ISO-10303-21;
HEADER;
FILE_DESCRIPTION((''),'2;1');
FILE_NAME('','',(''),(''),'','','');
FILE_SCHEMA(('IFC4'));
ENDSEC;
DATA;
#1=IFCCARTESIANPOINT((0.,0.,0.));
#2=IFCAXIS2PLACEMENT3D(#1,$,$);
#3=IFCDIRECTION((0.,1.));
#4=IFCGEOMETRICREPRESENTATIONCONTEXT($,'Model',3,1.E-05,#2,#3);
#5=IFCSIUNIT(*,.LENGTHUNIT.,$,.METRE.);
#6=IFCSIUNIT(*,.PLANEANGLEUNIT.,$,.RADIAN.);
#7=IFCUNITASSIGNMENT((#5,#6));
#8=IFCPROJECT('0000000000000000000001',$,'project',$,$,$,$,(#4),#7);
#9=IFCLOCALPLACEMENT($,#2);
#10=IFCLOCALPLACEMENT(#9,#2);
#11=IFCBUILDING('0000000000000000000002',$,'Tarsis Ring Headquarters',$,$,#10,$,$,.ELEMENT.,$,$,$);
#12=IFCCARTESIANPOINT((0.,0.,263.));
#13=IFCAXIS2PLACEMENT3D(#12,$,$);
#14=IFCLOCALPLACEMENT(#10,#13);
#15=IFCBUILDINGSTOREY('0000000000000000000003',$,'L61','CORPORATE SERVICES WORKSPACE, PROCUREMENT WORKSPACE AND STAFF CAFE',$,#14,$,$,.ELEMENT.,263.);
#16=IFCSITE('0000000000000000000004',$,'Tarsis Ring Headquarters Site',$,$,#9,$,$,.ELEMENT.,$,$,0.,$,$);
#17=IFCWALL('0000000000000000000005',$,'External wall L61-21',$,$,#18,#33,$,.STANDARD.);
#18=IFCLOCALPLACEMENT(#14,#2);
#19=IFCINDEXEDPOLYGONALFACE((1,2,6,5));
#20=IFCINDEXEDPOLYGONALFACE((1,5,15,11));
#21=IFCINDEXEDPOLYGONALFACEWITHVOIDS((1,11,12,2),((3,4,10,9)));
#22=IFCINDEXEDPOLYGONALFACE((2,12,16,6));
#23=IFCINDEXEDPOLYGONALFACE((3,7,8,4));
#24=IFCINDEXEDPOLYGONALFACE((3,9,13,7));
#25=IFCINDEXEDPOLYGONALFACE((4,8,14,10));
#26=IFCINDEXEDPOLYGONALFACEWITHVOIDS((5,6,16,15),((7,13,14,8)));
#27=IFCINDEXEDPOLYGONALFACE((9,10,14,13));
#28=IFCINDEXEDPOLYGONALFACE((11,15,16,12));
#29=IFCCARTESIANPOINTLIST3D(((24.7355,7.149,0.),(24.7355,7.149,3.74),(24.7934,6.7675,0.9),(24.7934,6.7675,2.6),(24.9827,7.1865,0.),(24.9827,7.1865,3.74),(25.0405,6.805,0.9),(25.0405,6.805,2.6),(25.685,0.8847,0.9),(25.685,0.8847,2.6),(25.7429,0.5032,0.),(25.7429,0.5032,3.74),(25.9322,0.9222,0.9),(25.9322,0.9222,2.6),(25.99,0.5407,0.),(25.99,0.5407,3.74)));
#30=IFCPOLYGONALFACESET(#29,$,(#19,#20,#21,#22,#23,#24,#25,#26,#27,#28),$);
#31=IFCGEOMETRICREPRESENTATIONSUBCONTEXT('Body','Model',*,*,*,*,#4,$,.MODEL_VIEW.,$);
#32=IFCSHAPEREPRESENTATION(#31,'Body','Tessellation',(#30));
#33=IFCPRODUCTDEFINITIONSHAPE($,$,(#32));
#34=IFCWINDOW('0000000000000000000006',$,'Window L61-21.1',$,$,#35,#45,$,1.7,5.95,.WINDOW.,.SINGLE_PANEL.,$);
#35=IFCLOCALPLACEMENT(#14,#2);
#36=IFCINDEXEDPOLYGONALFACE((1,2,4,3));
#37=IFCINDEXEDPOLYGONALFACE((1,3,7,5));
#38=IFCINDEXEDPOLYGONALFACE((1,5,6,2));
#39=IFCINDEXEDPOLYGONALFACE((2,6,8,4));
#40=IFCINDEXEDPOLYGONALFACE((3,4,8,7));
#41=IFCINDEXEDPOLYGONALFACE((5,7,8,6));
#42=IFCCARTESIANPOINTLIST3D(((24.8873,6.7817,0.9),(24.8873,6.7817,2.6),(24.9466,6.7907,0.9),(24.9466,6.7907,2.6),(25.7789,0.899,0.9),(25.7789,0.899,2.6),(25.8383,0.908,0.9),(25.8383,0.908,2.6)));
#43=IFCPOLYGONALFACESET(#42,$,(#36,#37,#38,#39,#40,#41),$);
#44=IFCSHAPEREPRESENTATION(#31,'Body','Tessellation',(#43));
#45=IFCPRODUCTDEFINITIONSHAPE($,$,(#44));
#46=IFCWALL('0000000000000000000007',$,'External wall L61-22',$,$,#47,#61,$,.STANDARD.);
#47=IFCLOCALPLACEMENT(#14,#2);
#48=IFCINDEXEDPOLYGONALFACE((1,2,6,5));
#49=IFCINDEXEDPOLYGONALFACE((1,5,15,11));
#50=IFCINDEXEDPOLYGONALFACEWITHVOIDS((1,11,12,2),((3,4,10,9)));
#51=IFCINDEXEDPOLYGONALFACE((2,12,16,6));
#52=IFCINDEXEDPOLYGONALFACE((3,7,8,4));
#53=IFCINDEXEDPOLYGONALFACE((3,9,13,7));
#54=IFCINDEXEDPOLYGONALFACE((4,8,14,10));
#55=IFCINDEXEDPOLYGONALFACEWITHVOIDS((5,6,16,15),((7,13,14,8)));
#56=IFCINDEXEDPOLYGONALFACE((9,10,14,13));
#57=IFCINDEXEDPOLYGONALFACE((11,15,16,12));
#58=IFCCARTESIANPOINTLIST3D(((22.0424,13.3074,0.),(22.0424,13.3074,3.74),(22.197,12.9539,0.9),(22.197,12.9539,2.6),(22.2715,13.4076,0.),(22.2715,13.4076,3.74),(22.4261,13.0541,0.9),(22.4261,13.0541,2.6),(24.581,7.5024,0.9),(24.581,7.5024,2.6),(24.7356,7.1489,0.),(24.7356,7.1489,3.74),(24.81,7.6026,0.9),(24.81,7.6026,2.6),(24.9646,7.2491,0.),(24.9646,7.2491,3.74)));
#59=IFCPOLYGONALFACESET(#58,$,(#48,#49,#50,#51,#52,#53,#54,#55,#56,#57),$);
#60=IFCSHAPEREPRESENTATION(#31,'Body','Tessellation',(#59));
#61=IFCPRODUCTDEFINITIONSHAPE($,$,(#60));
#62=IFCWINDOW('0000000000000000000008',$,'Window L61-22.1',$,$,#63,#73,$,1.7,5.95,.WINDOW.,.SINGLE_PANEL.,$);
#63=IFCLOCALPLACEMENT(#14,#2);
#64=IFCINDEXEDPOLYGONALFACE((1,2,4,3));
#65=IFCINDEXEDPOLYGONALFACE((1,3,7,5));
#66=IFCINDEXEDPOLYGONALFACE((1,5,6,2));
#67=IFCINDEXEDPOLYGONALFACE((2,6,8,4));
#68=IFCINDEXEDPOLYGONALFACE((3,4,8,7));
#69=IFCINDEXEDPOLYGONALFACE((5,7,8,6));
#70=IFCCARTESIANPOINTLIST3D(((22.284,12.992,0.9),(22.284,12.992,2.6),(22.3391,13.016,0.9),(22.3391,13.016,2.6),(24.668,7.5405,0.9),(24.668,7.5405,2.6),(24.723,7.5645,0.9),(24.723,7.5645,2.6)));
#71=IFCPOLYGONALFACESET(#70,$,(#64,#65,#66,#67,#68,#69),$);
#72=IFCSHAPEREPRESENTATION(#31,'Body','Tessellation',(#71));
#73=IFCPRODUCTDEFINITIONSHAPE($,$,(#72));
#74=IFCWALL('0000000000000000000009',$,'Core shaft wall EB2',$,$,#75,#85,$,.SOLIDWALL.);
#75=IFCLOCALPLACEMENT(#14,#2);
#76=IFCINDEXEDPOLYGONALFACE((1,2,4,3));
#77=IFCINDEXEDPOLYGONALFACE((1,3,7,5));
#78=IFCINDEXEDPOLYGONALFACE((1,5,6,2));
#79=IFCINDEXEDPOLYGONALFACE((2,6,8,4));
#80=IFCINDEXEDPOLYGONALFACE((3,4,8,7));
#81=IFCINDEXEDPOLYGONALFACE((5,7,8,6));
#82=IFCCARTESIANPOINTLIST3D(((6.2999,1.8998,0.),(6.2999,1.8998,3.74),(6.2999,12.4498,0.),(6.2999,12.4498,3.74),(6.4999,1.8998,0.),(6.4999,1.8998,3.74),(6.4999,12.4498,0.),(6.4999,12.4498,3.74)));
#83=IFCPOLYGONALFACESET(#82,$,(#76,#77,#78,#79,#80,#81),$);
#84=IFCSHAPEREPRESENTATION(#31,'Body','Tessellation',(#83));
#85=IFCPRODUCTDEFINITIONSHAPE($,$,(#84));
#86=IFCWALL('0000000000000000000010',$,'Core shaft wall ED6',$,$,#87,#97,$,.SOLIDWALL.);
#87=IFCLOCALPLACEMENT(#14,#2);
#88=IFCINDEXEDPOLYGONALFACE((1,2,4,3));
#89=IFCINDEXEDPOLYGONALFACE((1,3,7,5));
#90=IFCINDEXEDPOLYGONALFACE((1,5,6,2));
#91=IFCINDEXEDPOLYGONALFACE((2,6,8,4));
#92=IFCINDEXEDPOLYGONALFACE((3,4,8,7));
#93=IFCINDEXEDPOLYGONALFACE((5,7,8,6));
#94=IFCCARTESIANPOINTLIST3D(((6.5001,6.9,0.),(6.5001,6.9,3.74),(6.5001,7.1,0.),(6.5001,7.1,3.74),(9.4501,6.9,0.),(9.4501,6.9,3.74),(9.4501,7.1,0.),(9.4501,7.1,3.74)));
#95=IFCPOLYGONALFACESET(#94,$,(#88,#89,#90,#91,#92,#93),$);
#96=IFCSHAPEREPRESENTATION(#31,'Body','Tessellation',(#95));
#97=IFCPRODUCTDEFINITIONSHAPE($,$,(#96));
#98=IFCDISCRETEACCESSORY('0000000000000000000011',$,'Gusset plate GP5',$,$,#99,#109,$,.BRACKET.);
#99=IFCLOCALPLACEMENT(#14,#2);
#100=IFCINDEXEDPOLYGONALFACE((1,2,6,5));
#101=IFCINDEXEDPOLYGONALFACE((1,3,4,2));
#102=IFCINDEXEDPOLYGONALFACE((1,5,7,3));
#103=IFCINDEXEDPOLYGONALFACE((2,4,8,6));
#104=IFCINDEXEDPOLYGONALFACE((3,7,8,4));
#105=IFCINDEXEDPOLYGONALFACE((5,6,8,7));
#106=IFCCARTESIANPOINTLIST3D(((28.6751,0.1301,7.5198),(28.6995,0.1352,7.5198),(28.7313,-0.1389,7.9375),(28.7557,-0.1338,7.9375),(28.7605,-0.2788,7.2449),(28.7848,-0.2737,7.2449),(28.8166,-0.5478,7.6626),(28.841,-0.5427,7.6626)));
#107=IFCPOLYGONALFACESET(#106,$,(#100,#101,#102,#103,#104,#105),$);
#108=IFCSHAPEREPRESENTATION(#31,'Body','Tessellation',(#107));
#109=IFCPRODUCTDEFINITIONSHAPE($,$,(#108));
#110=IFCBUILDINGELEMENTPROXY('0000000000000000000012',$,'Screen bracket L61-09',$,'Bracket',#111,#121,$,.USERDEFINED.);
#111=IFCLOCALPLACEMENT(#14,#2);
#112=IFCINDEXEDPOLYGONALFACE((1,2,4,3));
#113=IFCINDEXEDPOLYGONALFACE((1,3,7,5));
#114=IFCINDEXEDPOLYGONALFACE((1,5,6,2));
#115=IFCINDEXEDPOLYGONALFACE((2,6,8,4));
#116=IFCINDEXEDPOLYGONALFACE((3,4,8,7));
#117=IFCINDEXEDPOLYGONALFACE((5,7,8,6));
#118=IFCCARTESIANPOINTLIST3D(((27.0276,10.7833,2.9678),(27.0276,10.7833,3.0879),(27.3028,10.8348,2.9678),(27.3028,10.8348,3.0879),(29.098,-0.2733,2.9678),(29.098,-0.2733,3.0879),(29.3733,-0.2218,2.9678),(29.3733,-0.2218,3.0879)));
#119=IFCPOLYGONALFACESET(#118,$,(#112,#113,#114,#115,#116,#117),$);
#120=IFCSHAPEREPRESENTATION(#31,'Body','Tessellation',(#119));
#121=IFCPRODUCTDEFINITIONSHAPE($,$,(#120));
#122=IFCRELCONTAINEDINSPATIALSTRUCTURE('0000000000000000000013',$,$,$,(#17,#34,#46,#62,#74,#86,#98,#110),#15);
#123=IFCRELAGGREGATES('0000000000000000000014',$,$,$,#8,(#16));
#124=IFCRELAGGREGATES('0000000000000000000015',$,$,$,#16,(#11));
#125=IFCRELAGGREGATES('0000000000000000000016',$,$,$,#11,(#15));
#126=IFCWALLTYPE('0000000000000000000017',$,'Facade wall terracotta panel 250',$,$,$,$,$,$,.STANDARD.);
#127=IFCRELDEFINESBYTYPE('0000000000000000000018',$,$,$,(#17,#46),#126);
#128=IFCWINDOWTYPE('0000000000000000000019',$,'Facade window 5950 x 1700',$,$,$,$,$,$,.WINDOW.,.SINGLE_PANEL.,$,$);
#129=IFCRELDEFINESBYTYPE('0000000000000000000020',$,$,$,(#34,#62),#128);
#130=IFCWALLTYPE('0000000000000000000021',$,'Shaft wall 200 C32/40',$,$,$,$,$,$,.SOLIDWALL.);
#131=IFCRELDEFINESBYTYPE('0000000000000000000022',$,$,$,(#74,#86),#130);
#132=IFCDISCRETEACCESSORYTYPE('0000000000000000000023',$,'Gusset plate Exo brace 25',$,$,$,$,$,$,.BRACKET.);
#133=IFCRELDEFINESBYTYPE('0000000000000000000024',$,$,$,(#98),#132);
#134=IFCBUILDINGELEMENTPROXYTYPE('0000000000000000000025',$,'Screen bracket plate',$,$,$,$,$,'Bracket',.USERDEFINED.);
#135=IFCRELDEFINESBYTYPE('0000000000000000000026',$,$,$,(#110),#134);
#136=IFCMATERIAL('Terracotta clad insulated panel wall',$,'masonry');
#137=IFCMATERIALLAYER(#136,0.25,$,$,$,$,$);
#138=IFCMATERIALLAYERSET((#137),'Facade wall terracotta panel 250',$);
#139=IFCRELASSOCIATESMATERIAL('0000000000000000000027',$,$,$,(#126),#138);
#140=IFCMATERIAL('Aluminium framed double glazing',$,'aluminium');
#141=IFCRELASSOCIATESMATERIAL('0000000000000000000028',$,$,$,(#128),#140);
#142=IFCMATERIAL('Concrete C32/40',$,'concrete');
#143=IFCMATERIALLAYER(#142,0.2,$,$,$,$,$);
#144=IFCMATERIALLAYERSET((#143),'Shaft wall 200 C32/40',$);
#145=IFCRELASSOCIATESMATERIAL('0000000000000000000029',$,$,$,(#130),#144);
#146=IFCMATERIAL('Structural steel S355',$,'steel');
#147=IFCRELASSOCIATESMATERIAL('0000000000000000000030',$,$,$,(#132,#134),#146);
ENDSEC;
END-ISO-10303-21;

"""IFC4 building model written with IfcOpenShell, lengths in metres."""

from ifc_helpers import new_model, si_unit, direction, frame, frame_2d, origin, origin_2d, place, context, subcontext, project, spatial, rectangle, extrude, material, layer, layer_set, material_profile, profile_set, type_object, element, fill, save


model = new_model("IFC4")

# Units and contexts
model_context = context("Model", 3, precision=1e-05, world=origin(), true_north=direction((0.0, 1.0)))
body_context = subcontext(model_context, "Body", "Model", "MODEL_VIEW")
ifc_project = project(units=[si_unit("LENGTHUNIT", "METRE"), si_unit("PLANEANGLEUNIT", "RADIAN")], contexts=[model_context])

# Site, building, storey
site_placement = place(None, origin())
site = spatial("IfcSite", under=ifc_project, at=site_placement, Name="Tarsis Ring Headquarters Site", CompositionType="ELEMENT", RefElevation=0.0)
building_placement = place(site_placement, origin())
building = spatial("IfcBuilding", under=site, at=building_placement, Name="Tarsis Ring Headquarters", CompositionType="ELEMENT")
storey_placement = place(building_placement, frame((0.0, 0.0, 263.0)))
storey = spatial("IfcBuildingStorey", under=building, at=storey_placement, Name="L61", Description="CORPORATE SERVICES WORKSPACE, PROCUREMENT WORKSPACE AND STAFF CAFE", CompositionType="ELEMENT", Elevation=263.0)

# Shared definitions
ifc_material_1 = material(Name="Structural steel S355", Category="steel")

# Walls, openings, windows
ifc_material_2 = material(Name="Terracotta clad insulated panel wall", Category="masonry")
ifc_layer_1 = layer(ifc_material_2, 0.25)
ifc_layer_set_1 = layer_set([ifc_layer_1], Name="Facade wall terracotta panel 250")
wall_type_1 = type_object("IfcWallType", Name="Facade wall terracotta panel 250", PredefinedType="STANDARD", material=ifc_layer_set_1)
wall_1_placement = place(storey_placement, frame((25.8665, 0.522, 0.0), z_axis=(0.0, 0.0, 1.0), x_axis=(-0.149862, 0.988707, 0.0)))
wall_1 = element("IfcWall", 1, at=wall_1_placement, inside=storey, type_object=wall_type_1, Name="External wall L61-21", PredefinedType="STANDARD", context=body_context, shape_type="SweptSolid", body=[
    extrude(rectangle(XDim=6.7217, YDim=0.25, at=frame_2d((3.3608, 0.0))), origin(), (0.0, 0.0, 1.0), 3.74),
])
opening_1_placement = place(wall_1_placement, frame((0.3857, 0.0, 0.8999)))
opening_1 = element("IfcOpeningElement", 2, at=opening_1_placement, cuts=wall_1, PredefinedType="OPENING", context=body_context, shape_type="SweptSolid", body=[
    extrude(rectangle(XDim=5.95, YDim=1.7, at=frame_2d((2.9751, 0.8501))), frame((0.0, 0.135, 0.0), z_axis=(0.0, -1.0, 0.0), x_axis=(1.0, 0.0, 0.0)), (0.0, 0.0, 1.0), 0.27),
])
ifc_material_3 = material(Name="Aluminium framed double glazing", Category="aluminium")
window_type = type_object("IfcWindowType", Name="Facade window 5950 x 1700", PartitioningType="SINGLE_PANEL", PredefinedType="WINDOW", material=ifc_material_3)
window_1_placement = place(opening_1_placement, origin())
window_1 = element("IfcWindow", 3, at=window_1_placement, inside=storey, type_object=window_type, Name="Window L61-21.1", OverallHeight=1.7, OverallWidth=5.95, PartitioningType="SINGLE_PANEL", PredefinedType="WINDOW", context=body_context, shape_type="SweptSolid", body=[
    extrude(rectangle(XDim=5.95, YDim=1.7, at=frame_2d((2.9751, 0.8501))), frame((0.0, 0.03, 0.0), z_axis=(0.0, -1.0, 0.0), x_axis=(1.0, 0.0, 0.0)), (0.0, 0.0, 1.0), 0.0601),
])
fill(opening_1, window_1)
wall_2_placement = place(storey_placement, frame((24.8501, 7.199, 0.0), z_axis=(0.0, 0.0, 1.0), x_axis=(-0.400668, 0.916223, 0.0)))
wall_2 = element("IfcWall", 4, at=wall_2_placement, inside=storey, type_object=wall_type_1, Name="External wall L61-22", PredefinedType="STANDARD", context=body_context, shape_type="SweptSolid", body=[
    extrude(rectangle(XDim=6.7217, YDim=0.25, at=frame_2d((3.3608, 0.0))), origin(), (0.0, 0.0, 1.0), 3.74),
])
opening_2_placement = place(wall_2_placement, frame((0.3857, 0.0, 0.8999)))
opening_2 = element("IfcOpeningElement", 5, at=opening_2_placement, cuts=wall_2, PredefinedType="OPENING", context=body_context, shape_type="SweptSolid", body=[
    extrude(rectangle(XDim=5.95, YDim=1.7, at=frame_2d((2.9751, 0.8501))), frame((0.0, 0.135, 0.0), z_axis=(0.0, -1.0, 0.0), x_axis=(1.0, 0.0, 0.0)), (0.0, 0.0, 1.0), 0.27),
])
window_2_placement = place(opening_2_placement, origin())
window_2 = element("IfcWindow", 6, at=window_2_placement, inside=storey, type_object=window_type, Name="Window L61-22.1", OverallHeight=1.7, OverallWidth=5.95, PartitioningType="SINGLE_PANEL", PredefinedType="WINDOW", context=body_context, shape_type="SweptSolid", body=[
    extrude(rectangle(XDim=5.95, YDim=1.7, at=frame_2d((2.9751, 0.8501))), frame((0.0, 0.03, 0.0), z_axis=(0.0, -1.0, 0.0), x_axis=(1.0, 0.0, 0.0)), (0.0, 0.0, 1.0), 0.0601),
])
fill(opening_2, window_2)

# Walls
ifc_material_4 = material(Name="Concrete C32/40", Category="concrete")
ifc_layer_2 = layer(ifc_material_4, 0.2)
ifc_layer_set_2 = layer_set([ifc_layer_2], Name="Shaft wall 200 C32/40")
wall_type_2 = type_object("IfcWallType", Name="Shaft wall 200 C32/40", PredefinedType="SOLIDWALL", material=ifc_layer_set_2)
wall_3_placement = place(storey_placement, frame((6.3999, 1.8999, 0.0), z_axis=(0.0, 0.0, 1.0), x_axis=(0.0, 1.0, 0.0)))
element("IfcWall", 7, at=wall_3_placement, inside=storey, type_object=wall_type_2, Name="Core shaft wall EB2", PredefinedType="SOLIDWALL", context=body_context, shape_type="SweptSolid", body=[
    extrude(rectangle(XDim=10.55, YDim=0.2, at=frame_2d((5.2749, 0.0))), origin(), (0.0, 0.0, 1.0), 3.74),
])
wall_4_placement = place(storey_placement, frame((6.5, 7.0, 0.0), z_axis=(0.0, 0.0, 1.0), x_axis=(1.0, 0.0, 0.0)))
element("IfcWall", 8, at=wall_4_placement, inside=storey, type_object=wall_type_2, Name="Core shaft wall ED6", PredefinedType="SOLIDWALL", context=body_context, shape_type="SweptSolid", body=[
    extrude(rectangle(XDim=2.95, YDim=0.2, at=frame_2d((1.4751, 0.0))), origin(), (0.0, 0.0, 1.0), 3.74),
])

# Discrete accessory
ifc_material_profile_1 = material_profile(ifc_material_1, rectangle(XDim=0.0249, YDim=0.5, at=origin_2d()), Name="PL 25x500")
ifc_profile_set_1 = profile_set([ifc_material_profile_1], Name="Structural steel S355")
discrete_accessory_type = type_object("IfcDiscreteAccessoryType", Name="Gusset plate Exo brace 25", PredefinedType="BRACKET", material=ifc_profile_set_1)
discrete_accessory_placement = place(storey_placement, frame((28.7861, -0.3408, 7.8), z_axis=(-0.112298, 0.538053, -0.835397), x_axis=(-0.978906, -0.204309, 0.0)))
element("IfcDiscreteAccessory", 9, at=discrete_accessory_placement, inside=storey, type_object=discrete_accessory_type, Name="Gusset plate GP5", PredefinedType="BRACKET", context=body_context, shape_type="SweptSolid", body=[
    extrude(rectangle(XDim=0.0249, YDim=0.5, at=origin_2d()), origin(), (0.0, 0.0, 1.0), 0.5),
])

# Building element proxy
building_element_proxy_type = type_object("IfcBuildingElementProxyType", Name="Screen bracket plate", ElementType="Bracket", PredefinedType="USERDEFINED", material=ifc_material_1)
proxy_placement = place(storey_placement, frame((28.2004, 5.2808, 2.9678), z_axis=(0.0, 0.0, 1.0), x_axis=(-0.184059, 0.982915, 0.0)))
element("IfcBuildingElementProxy", 10, at=proxy_placement, inside=storey, type_object=building_element_proxy_type, Name="Screen bracket L61-09", ObjectType="Bracket", PredefinedType="USERDEFINED", context=body_context, shape_type="SweptSolid", body=[
    extrude(rectangle(XDim=11.2488, YDim=0.28, at=origin_2d()), origin(), (0.0, 0.0, 1.0), 0.1201),
])

save(model, "model.ifc")
